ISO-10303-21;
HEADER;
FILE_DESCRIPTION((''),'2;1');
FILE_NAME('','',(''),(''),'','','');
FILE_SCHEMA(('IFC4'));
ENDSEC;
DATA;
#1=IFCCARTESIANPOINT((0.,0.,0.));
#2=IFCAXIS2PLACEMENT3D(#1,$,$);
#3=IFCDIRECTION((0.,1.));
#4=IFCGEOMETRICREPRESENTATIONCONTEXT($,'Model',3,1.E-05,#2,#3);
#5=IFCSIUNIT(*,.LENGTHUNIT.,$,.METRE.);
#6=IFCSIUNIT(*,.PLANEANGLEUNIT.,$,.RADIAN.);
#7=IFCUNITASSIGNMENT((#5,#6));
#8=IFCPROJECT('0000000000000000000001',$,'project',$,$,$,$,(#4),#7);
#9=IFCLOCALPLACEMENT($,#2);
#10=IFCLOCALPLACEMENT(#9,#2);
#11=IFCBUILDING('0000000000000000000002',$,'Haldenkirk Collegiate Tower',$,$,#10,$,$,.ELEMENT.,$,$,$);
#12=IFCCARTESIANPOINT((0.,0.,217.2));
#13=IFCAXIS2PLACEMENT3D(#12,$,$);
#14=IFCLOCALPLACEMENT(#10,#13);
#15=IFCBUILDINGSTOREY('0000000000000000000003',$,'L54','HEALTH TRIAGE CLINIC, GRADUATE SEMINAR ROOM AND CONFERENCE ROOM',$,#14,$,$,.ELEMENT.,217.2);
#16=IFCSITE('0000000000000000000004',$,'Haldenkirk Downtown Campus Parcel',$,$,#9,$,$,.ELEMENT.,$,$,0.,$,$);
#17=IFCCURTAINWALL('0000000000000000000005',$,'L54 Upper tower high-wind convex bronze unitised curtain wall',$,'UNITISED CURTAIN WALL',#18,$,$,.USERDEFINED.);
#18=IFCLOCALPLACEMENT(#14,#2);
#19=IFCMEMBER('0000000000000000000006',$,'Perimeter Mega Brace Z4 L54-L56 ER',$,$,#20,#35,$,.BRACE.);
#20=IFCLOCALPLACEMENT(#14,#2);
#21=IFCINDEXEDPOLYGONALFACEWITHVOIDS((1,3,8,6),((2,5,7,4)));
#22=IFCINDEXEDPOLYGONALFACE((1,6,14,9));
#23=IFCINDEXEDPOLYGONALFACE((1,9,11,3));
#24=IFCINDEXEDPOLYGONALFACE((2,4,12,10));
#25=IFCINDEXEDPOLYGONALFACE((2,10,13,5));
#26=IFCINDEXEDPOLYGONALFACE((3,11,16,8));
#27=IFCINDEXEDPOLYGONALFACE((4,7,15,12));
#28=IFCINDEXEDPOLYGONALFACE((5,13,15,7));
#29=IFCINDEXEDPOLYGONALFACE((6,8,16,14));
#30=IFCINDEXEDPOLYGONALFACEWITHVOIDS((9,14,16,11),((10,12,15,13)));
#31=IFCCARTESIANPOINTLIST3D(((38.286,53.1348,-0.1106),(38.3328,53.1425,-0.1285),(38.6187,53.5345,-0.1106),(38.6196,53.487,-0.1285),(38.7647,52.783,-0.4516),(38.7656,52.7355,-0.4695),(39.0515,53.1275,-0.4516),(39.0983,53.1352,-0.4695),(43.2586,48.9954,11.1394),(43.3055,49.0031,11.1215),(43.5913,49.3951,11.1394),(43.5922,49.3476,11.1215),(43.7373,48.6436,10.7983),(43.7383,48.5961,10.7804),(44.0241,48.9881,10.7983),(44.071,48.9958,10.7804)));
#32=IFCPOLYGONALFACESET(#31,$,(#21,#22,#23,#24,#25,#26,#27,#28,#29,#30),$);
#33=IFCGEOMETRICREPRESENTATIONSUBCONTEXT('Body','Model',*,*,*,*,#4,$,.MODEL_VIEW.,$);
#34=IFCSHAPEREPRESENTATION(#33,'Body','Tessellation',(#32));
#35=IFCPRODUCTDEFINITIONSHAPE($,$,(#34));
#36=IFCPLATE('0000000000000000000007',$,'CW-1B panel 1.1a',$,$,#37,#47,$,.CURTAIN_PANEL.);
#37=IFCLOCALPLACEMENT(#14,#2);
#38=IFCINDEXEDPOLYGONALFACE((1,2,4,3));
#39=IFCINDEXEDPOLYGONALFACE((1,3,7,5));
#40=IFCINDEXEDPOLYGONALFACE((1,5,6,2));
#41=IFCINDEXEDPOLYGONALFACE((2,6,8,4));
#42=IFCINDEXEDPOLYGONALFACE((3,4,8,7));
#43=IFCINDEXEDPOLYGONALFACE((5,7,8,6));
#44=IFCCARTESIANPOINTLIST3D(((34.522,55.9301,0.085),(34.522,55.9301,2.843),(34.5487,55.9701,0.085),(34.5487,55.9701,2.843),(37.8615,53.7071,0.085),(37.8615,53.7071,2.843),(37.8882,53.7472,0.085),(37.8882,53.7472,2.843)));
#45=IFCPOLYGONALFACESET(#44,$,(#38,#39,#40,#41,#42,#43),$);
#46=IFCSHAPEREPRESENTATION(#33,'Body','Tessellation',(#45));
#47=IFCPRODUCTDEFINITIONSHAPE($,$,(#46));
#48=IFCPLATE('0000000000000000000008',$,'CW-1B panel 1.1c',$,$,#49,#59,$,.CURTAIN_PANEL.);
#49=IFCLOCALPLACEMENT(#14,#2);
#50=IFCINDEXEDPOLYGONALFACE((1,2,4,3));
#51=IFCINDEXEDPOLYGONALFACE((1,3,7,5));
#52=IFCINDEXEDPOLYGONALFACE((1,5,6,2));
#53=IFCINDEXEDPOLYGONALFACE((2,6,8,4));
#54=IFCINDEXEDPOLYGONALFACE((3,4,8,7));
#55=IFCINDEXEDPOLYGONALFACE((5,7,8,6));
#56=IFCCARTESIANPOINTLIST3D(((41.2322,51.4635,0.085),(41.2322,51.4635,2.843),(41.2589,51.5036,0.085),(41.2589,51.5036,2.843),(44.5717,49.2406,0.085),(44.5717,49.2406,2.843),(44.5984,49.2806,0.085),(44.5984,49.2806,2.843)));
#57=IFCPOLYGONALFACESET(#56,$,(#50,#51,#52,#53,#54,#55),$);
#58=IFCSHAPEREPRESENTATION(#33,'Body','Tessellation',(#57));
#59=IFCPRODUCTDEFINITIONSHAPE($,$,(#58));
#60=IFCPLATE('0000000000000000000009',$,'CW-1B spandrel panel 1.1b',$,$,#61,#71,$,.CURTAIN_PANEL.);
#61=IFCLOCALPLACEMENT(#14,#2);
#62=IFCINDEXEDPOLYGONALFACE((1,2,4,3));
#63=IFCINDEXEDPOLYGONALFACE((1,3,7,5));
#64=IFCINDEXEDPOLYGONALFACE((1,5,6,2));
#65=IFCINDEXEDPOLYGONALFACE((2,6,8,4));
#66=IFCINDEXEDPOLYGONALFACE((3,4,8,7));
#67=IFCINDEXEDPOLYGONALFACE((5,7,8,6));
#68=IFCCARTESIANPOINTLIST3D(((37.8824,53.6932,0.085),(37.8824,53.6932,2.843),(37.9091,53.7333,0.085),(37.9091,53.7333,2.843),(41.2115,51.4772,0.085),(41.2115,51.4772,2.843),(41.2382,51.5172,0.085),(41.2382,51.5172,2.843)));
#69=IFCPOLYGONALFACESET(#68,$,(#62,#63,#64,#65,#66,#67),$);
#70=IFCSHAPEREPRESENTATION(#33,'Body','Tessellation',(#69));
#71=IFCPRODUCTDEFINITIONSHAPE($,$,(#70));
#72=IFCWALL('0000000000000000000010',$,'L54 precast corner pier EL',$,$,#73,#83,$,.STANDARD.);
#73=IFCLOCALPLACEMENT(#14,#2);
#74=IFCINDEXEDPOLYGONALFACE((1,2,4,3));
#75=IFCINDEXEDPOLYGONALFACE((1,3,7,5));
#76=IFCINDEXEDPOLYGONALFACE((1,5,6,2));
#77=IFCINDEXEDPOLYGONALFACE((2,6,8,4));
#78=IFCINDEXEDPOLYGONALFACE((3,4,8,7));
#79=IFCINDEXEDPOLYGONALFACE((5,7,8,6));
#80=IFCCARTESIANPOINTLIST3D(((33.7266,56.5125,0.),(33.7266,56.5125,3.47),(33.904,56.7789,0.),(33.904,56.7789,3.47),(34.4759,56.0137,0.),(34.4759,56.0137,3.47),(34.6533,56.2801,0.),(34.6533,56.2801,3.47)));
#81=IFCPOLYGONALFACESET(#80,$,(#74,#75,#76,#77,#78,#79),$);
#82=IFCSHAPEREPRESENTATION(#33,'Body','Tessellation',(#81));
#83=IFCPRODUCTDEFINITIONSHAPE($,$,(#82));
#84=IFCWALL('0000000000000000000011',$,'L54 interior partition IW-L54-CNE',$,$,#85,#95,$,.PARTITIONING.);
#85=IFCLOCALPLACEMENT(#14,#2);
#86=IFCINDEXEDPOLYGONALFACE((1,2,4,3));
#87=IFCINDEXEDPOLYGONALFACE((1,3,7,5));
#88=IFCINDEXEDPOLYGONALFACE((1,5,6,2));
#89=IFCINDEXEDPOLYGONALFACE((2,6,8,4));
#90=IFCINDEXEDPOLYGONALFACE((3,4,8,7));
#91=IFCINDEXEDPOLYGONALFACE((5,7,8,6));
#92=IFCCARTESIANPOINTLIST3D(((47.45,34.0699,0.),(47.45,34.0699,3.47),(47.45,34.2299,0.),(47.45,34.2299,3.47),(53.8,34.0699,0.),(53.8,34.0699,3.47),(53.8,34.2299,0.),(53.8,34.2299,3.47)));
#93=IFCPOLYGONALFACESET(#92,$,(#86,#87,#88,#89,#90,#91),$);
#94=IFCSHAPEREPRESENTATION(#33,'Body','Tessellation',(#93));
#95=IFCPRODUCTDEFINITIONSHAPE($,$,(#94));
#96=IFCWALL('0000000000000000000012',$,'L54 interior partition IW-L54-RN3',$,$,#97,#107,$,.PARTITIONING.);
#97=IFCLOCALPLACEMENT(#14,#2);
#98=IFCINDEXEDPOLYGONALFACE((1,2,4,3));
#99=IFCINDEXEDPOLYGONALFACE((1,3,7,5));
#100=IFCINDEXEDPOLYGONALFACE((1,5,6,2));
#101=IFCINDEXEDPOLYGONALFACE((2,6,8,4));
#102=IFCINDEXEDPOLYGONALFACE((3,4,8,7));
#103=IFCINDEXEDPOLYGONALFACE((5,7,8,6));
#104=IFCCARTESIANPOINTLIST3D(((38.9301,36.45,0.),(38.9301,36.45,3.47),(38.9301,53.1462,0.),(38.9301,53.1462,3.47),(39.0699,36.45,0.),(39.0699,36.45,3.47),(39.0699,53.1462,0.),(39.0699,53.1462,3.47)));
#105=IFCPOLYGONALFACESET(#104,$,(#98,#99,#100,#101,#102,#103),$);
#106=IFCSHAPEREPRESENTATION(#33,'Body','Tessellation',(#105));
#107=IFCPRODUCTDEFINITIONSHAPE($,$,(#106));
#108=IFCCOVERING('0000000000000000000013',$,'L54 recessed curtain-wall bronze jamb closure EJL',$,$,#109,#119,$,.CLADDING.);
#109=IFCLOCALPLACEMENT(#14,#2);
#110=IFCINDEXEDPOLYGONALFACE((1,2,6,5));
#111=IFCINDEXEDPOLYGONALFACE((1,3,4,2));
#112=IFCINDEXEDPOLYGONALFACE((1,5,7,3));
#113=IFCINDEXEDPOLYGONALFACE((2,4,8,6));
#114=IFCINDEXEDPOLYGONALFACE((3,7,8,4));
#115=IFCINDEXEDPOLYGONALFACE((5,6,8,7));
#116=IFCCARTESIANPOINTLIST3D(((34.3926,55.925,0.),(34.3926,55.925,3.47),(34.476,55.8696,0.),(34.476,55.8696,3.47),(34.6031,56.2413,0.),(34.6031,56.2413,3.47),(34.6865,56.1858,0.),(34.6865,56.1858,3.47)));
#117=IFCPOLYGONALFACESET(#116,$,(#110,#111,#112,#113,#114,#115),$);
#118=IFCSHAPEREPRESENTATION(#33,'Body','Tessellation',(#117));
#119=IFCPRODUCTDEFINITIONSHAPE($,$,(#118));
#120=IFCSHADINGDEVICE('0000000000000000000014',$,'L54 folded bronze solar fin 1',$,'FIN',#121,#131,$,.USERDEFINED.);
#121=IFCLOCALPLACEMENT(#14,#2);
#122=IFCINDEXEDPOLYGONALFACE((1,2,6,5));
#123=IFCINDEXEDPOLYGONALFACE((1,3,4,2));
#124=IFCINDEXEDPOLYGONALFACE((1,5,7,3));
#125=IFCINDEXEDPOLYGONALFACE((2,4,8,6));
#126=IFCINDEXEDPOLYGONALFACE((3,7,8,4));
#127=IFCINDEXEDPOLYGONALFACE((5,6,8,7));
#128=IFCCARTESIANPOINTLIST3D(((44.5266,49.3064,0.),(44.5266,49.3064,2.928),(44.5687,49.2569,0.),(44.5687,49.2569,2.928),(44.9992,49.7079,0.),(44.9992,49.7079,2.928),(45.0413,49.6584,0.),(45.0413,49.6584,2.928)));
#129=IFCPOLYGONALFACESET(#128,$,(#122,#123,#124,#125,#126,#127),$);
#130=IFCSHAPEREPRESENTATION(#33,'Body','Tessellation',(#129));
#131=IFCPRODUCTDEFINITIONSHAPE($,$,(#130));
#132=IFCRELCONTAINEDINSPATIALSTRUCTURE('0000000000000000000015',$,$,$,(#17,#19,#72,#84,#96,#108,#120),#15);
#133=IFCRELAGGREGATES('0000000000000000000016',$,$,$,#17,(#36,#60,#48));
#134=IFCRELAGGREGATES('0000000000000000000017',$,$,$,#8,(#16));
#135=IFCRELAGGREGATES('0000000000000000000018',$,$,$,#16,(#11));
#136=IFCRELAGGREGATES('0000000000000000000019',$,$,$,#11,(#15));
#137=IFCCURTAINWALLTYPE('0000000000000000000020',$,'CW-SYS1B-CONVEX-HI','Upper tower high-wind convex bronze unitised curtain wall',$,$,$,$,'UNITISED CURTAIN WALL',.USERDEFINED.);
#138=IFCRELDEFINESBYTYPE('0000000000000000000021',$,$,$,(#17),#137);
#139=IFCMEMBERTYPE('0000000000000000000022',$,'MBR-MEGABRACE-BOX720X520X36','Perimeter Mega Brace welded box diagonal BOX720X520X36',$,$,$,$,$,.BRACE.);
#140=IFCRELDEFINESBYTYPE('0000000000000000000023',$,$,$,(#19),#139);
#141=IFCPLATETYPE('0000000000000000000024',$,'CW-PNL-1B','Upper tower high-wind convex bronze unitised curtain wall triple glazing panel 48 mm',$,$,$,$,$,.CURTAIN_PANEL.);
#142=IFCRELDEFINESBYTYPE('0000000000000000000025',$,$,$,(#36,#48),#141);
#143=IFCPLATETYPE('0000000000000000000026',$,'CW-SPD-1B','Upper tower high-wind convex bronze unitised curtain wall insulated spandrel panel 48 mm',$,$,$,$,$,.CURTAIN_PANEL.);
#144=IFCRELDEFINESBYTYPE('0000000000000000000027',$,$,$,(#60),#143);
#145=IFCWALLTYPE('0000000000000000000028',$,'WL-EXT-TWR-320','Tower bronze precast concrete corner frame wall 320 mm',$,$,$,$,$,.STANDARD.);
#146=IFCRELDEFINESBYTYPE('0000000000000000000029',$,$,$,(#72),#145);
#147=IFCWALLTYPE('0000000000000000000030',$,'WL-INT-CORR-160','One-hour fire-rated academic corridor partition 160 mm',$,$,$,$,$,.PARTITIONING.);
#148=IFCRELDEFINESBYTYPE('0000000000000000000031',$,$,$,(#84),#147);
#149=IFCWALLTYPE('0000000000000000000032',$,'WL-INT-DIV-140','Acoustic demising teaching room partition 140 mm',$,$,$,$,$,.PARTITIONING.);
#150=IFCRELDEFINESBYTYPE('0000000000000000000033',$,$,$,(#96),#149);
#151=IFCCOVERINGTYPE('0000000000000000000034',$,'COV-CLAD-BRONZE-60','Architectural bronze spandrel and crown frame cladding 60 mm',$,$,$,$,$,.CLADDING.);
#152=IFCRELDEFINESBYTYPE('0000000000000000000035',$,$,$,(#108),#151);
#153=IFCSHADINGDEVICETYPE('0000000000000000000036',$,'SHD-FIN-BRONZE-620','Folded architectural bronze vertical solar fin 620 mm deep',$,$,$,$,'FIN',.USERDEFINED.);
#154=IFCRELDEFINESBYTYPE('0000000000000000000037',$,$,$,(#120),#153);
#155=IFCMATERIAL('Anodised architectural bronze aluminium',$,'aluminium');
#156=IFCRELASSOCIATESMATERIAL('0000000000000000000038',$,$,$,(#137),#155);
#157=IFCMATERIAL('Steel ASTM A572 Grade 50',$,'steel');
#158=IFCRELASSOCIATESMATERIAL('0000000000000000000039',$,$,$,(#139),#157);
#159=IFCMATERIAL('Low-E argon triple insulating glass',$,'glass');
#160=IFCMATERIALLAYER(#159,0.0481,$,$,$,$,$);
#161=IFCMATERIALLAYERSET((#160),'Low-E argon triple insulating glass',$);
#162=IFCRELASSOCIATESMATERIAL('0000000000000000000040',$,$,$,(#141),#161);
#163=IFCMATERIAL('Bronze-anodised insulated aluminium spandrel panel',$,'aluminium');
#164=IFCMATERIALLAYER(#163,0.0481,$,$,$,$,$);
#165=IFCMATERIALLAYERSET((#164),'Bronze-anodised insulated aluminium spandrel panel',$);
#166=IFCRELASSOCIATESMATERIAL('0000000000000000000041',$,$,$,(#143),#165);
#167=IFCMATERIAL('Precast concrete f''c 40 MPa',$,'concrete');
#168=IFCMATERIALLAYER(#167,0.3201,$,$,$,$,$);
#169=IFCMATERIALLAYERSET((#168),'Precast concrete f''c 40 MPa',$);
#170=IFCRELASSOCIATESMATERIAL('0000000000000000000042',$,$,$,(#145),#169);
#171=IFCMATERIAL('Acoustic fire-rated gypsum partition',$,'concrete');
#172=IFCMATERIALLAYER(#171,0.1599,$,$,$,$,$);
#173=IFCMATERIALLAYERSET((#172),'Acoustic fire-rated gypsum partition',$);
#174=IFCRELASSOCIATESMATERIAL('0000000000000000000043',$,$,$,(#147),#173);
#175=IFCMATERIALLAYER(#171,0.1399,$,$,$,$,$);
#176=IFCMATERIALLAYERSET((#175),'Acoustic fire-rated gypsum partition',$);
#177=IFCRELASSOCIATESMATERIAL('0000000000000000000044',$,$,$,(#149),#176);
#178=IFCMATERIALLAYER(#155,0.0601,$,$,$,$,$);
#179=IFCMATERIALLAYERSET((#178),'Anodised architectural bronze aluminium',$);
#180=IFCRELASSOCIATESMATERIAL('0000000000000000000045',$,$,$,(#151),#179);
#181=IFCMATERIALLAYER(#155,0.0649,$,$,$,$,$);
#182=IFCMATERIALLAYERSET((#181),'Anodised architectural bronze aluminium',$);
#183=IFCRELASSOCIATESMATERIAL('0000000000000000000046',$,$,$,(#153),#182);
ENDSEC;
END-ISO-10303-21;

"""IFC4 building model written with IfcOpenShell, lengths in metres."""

from ifc_helpers import new_model, si_unit, direction, frame, frame_2d, origin, origin_2d, place, context, subcontext, project, spatial, rectangle, hollow_rectangle, extrude, source, transform, mapped, material, layer, layer_set, material_profile, profile_set, type_object, element, aggregate, save


model = new_model("IFC4")

# Units and contexts
model_context = context("Model", 3, precision=1e-05, world=origin(), true_north=direction((0.0, 1.0)))
body_context = subcontext(model_context, "Body", "Model", "MODEL_VIEW")
ifc_project = project(units=[si_unit("LENGTHUNIT", "METRE"), si_unit("PLANEANGLEUNIT", "RADIAN")], contexts=[model_context])

# Site, building, storey
site_placement = place(None, origin())
site = spatial("IfcSite", under=ifc_project, at=site_placement, Name="Haldenkirk Downtown Campus Parcel", CompositionType="ELEMENT", RefElevation=0.0)
building_placement = place(site_placement, origin())
building = spatial("IfcBuilding", under=site, at=building_placement, Name="Haldenkirk Collegiate Tower", CompositionType="ELEMENT")
storey_placement = place(building_placement, frame((0.0, 0.0, 217.2)))
storey = spatial("IfcBuildingStorey", under=building, at=storey_placement, Name="L54", Description="HEALTH TRIAGE CLINIC, GRADUATE SEMINAR ROOM AND CONFERENCE ROOM", CompositionType="ELEMENT", Elevation=217.2)

# Curtain wall
ifc_material_1 = material(Name="Anodised architectural bronze aluminium", Category="aluminium")
curtain_wall_type = type_object("IfcCurtainWallType", Name="CW-SYS1B-CONVEX-HI", Description="Upper tower high-wind convex bronze unitised curtain wall", ElementType="UNITISED CURTAIN WALL", PredefinedType="USERDEFINED", material=ifc_material_1)
curtain_wall_placement = place(storey_placement, origin())
curtain_wall = element("IfcCurtainWall", 1, at=curtain_wall_placement, inside=storey, type_object=curtain_wall_type, Name="L54 Upper tower high-wind convex bronze unitised curtain wall", ObjectType="UNITISED CURTAIN WALL", PredefinedType="USERDEFINED")

# Member
ifc_material_2 = material(Name="Steel ASTM A572 Grade 50", Category="steel")
ifc_material_profile_1 = material_profile(ifc_material_2, hollow_rectangle(XDim=0.52, YDim=0.72, WallThickness=0.0359, at=origin_2d()), Name="BOX720X520X36")
ifc_profile_set_1 = profile_set([ifc_material_profile_1], Name="Steel ASTM A572 Grade 50")
member_type_1 = type_object("IfcMemberType", Name="MBR-MEGABRACE-BOX720X520X36", Description="Perimeter Mega Brace welded box diagonal BOX720X520X36", PredefinedType="BRACE", material=ifc_profile_set_1)
member_1_placement = place(storey_placement, frame((38.6921, 53.135, -0.29), z_axis=(0.383165, -0.318959, 0.866862), x_axis=(0.639776, 0.768561, 0.0)))
element("IfcMember", 2, at=member_1_placement, inside=storey, type_object=member_type_1, Name="Perimeter Mega Brace Z4 L54-L56 ER", PredefinedType="BRACE", context=body_context, shape_type="SweptSolid", body=[
    extrude(hollow_rectangle(XDim=0.52, YDim=0.72, WallThickness=0.0359, at=origin_2d()), origin(), (0.0, 0.0, 1.0), 12.9778),
])

# Plates
ifc_material_3 = material(Name="Low-E argon triple insulating glass", Category="glass")
ifc_layer_1 = layer(ifc_material_3, 0.0481)
ifc_layer_set_1 = layer_set([ifc_layer_1], Name="Low-E argon triple insulating glass")
plate_type_1 = type_object("IfcPlateType", Name="CW-PNL-1B", Description="Upper tower high-wind convex bronze unitised curtain wall triple glazing panel 48 mm", PredefinedType="CURTAIN_PANEL", material=ifc_layer_set_1)
shared_shape_1 = source(origin(), body_context, "Body", "SweptSolid", [
    extrude(rectangle(XDim=4.0117, YDim=0.0481, at=origin_2d()), origin(), (0.0, 0.0, 1.0), 2.7581),
])
plate_1_placement = place(storey_placement, frame((36.2051, 54.8386, 0.085), z_axis=(0.0, 0.0, 1.0), x_axis=(0.832438, -0.554119, 0.0)))
plate_1 = element("IfcPlate", 3, at=plate_1_placement, type_object=plate_type_1, Name="CW-1B panel 1.1a", PredefinedType="CURTAIN_PANEL", context=body_context, shape_type="MappedRepresentation", body=[
    mapped(shared_shape_1, transform((0.0, 0.0, 0.0), x_axis=(1.0, 0.0, 0.0), y_axis=(0.0, 1.0, 0.0), z_axis=(0.0, 0.0, 1.0), scale=1.0)),
])
plate_2_placement = place(storey_placement, frame((42.9153, 50.3721, 0.085), z_axis=(0.0, 0.0, 1.0), x_axis=(0.832438, -0.554119, 0.0)))
plate_2 = element("IfcPlate", 4, at=plate_2_placement, type_object=plate_type_1, Name="CW-1B panel 1.1c", PredefinedType="CURTAIN_PANEL", context=body_context, shape_type="MappedRepresentation", body=[
    mapped(shared_shape_1, transform((0.0, 0.0, 0.0), x_axis=(1.0, 0.0, 0.0), y_axis=(0.0, 1.0, 0.0), z_axis=(0.0, 0.0, 1.0), scale=1.0)),
])
ifc_material_4 = material(Name="Bronze-anodised insulated aluminium spandrel panel", Category="aluminium")
ifc_layer_2 = layer(ifc_material_4, 0.0481)
ifc_layer_set_2 = layer_set([ifc_layer_2], Name="Bronze-anodised insulated aluminium spandrel panel")
plate_type_2 = type_object("IfcPlateType", Name="CW-SPD-1B", Description="Upper tower high-wind convex bronze unitised curtain wall insulated spandrel panel 48 mm", PredefinedType="CURTAIN_PANEL", material=ifc_layer_set_2)
shared_shape_2 = source(origin(), body_context, "Body", "SweptSolid", [
    extrude(rectangle(XDim=3.9993, YDim=0.0481, at=origin_2d()), origin(), (0.0, 0.0, 1.0), 2.7581),
])
plate_3_placement = place(storey_placement, frame((39.5603, 52.6052, 0.085), z_axis=(0.0, 0.0, 1.0), x_axis=(0.832438, -0.554119, 0.0)))
plate_3 = element("IfcPlate", 5, at=plate_3_placement, type_object=plate_type_2, Name="CW-1B spandrel panel 1.1b", PredefinedType="CURTAIN_PANEL", context=body_context, shape_type="MappedRepresentation", body=[
    mapped(shared_shape_2, transform((0.0, 0.0, 0.0), x_axis=(1.0, 0.0, 0.0), y_axis=(0.0, 1.0, 0.0), z_axis=(0.0, 0.0, 1.0), scale=1.0)),
])
aggregate(curtain_wall, [plate_1, plate_3, plate_2])

# Walls
ifc_material_5 = material(Name="Precast concrete f'c 40 MPa", Category="concrete")
ifc_layer_3 = layer(ifc_material_5, 0.3201)
ifc_layer_set_3 = layer_set([ifc_layer_3], Name="Precast concrete f'c 40 MPa")
wall_type_1 = type_object("IfcWallType", Name="WL-EXT-TWR-320", Description="Tower bronze precast concrete corner frame wall 320 mm", PredefinedType="STANDARD", material=ifc_layer_set_3)
wall_1_placement = place(storey_placement, frame((33.8152, 56.6458, 0.0), z_axis=(0.0, 0.0, 1.0), x_axis=(0.832426, -0.554137, 0.0)))
element("IfcWall", 6, at=wall_1_placement, inside=storey, type_object=wall_type_1, Name="L54 precast corner pier EL", PredefinedType="STANDARD", context=body_context, shape_type="SweptSolid", body=[
    extrude(rectangle(XDim=0.9001, YDim=0.3201, at=frame_2d((0.4502, 0.0))), origin(), (0.0, 0.0, 1.0), 3.47),
])
ifc_material_6 = material(Name="Acoustic fire-rated gypsum partition", Category="concrete")
ifc_layer_4 = layer(ifc_material_6, 0.1599)
ifc_layer_set_4 = layer_set([ifc_layer_4], Name="Acoustic fire-rated gypsum partition")
wall_type_2 = type_object("IfcWallType", Name="WL-INT-CORR-160", Description="One-hour fire-rated academic corridor partition 160 mm", PredefinedType="PARTITIONING", material=ifc_layer_set_4)
wall_2_placement = place(storey_placement, frame((47.45, 34.1499, 0.0), z_axis=(0.0, 0.0, 1.0), x_axis=(1.0, 0.0, 0.0)))
element("IfcWall", 7, at=wall_2_placement, inside=storey, type_object=wall_type_2, Name="L54 interior partition IW-L54-CNE", PredefinedType="PARTITIONING", context=body_context, shape_type="SweptSolid", body=[
    extrude(rectangle(XDim=6.3501, YDim=0.1599, at=frame_2d((3.175, 0.0))), origin(), (0.0, 0.0, 1.0), 3.47),
])
ifc_layer_5 = layer(ifc_material_6, 0.1399)
ifc_layer_set_5 = layer_set([ifc_layer_5], Name="Acoustic fire-rated gypsum partition")
wall_type_3 = type_object("IfcWallType", Name="WL-INT-DIV-140", Description="Acoustic demising teaching room partition 140 mm", PredefinedType="PARTITIONING", material=ifc_layer_set_5)
wall_3_placement = place(storey_placement, frame((39.0, 36.45, 0.0), z_axis=(0.0, 0.0, 1.0), x_axis=(0.0, 1.0, 0.0)))
element("IfcWall", 8, at=wall_3_placement, inside=storey, type_object=wall_type_3, Name="L54 interior partition IW-L54-RN3", PredefinedType="PARTITIONING", context=body_context, shape_type="SweptSolid", body=[
    extrude(rectangle(XDim=16.6963, YDim=0.1399, at=frame_2d((8.3481, 0.0))), origin(), (0.0, 0.0, 1.0), 3.47),
])

# Covering
ifc_layer_6 = layer(ifc_material_1, 0.0601)
ifc_layer_set_6 = layer_set([ifc_layer_6], Name="Anodised architectural bronze aluminium")
covering_type = type_object("IfcCoveringType", Name="COV-CLAD-BRONZE-60", Description="Architectural bronze spandrel and crown frame cladding 60 mm", PredefinedType="CLADDING", material=ifc_layer_set_6)
shared_shape_3 = source(origin(), body_context, "Body", "SweptSolid", [
    extrude(rectangle(XDim=0.1001, YDim=0.3799, at=origin_2d()), origin(), (0.0, 0.0, 1.0), 3.47),
])
covering_placement = place(storey_placement, frame((34.5396, 56.0554, 0.0), z_axis=(0.0, 0.0, 1.0), x_axis=(0.832438, -0.554118, 0.0)))
element("IfcCovering", 9, at=covering_placement, inside=storey, type_object=covering_type, Name="L54 recessed curtain-wall bronze jamb closure EJL", PredefinedType="CLADDING", context=body_context, shape_type="MappedRepresentation", body=[
    mapped(shared_shape_3, transform((0.0, 0.0, 0.0), x_axis=(1.0, 0.0, 0.0), y_axis=(0.0, 1.0, 0.0), z_axis=(0.0, 0.0, 1.0), scale=1.0)),
])

# Shading device
ifc_layer_7 = layer(ifc_material_1, 0.0649)
ifc_layer_set_7 = layer_set([ifc_layer_7], Name="Anodised architectural bronze aluminium")
shading_device_type = type_object("IfcShadingDeviceType", Name="SHD-FIN-BRONZE-620", Description="Folded architectural bronze vertical solar fin 620 mm deep", ElementType="FIN", PredefinedType="USERDEFINED", material=ifc_layer_set_7)
shared_shape_4 = source(origin(), body_context, "Body", "SweptSolid", [
    extrude(rectangle(XDim=0.6201, YDim=0.0649, at=origin_2d()), origin(), (0.0, 0.0, 1.0), 2.928),
])
shading_device_placement = place(storey_placement, frame((44.7839, 49.4824, 0.0), z_axis=(0.0, 0.0, 1.0), x_axis=(0.762104, 0.647455, 0.0)))
element("IfcShadingDevice", 10, at=shading_device_placement, inside=storey, type_object=shading_device_type, Name="L54 folded bronze solar fin 1", ObjectType="FIN", PredefinedType="USERDEFINED", context=body_context, shape_type="MappedRepresentation", body=[
    mapped(shared_shape_4, transform((0.0, 0.0, 0.0), x_axis=(1.0, 0.0, 0.0), y_axis=(0.0, 1.0, 0.0), z_axis=(0.0, 0.0, 1.0), scale=1.0)),
])

save(model, "model.ifc")
